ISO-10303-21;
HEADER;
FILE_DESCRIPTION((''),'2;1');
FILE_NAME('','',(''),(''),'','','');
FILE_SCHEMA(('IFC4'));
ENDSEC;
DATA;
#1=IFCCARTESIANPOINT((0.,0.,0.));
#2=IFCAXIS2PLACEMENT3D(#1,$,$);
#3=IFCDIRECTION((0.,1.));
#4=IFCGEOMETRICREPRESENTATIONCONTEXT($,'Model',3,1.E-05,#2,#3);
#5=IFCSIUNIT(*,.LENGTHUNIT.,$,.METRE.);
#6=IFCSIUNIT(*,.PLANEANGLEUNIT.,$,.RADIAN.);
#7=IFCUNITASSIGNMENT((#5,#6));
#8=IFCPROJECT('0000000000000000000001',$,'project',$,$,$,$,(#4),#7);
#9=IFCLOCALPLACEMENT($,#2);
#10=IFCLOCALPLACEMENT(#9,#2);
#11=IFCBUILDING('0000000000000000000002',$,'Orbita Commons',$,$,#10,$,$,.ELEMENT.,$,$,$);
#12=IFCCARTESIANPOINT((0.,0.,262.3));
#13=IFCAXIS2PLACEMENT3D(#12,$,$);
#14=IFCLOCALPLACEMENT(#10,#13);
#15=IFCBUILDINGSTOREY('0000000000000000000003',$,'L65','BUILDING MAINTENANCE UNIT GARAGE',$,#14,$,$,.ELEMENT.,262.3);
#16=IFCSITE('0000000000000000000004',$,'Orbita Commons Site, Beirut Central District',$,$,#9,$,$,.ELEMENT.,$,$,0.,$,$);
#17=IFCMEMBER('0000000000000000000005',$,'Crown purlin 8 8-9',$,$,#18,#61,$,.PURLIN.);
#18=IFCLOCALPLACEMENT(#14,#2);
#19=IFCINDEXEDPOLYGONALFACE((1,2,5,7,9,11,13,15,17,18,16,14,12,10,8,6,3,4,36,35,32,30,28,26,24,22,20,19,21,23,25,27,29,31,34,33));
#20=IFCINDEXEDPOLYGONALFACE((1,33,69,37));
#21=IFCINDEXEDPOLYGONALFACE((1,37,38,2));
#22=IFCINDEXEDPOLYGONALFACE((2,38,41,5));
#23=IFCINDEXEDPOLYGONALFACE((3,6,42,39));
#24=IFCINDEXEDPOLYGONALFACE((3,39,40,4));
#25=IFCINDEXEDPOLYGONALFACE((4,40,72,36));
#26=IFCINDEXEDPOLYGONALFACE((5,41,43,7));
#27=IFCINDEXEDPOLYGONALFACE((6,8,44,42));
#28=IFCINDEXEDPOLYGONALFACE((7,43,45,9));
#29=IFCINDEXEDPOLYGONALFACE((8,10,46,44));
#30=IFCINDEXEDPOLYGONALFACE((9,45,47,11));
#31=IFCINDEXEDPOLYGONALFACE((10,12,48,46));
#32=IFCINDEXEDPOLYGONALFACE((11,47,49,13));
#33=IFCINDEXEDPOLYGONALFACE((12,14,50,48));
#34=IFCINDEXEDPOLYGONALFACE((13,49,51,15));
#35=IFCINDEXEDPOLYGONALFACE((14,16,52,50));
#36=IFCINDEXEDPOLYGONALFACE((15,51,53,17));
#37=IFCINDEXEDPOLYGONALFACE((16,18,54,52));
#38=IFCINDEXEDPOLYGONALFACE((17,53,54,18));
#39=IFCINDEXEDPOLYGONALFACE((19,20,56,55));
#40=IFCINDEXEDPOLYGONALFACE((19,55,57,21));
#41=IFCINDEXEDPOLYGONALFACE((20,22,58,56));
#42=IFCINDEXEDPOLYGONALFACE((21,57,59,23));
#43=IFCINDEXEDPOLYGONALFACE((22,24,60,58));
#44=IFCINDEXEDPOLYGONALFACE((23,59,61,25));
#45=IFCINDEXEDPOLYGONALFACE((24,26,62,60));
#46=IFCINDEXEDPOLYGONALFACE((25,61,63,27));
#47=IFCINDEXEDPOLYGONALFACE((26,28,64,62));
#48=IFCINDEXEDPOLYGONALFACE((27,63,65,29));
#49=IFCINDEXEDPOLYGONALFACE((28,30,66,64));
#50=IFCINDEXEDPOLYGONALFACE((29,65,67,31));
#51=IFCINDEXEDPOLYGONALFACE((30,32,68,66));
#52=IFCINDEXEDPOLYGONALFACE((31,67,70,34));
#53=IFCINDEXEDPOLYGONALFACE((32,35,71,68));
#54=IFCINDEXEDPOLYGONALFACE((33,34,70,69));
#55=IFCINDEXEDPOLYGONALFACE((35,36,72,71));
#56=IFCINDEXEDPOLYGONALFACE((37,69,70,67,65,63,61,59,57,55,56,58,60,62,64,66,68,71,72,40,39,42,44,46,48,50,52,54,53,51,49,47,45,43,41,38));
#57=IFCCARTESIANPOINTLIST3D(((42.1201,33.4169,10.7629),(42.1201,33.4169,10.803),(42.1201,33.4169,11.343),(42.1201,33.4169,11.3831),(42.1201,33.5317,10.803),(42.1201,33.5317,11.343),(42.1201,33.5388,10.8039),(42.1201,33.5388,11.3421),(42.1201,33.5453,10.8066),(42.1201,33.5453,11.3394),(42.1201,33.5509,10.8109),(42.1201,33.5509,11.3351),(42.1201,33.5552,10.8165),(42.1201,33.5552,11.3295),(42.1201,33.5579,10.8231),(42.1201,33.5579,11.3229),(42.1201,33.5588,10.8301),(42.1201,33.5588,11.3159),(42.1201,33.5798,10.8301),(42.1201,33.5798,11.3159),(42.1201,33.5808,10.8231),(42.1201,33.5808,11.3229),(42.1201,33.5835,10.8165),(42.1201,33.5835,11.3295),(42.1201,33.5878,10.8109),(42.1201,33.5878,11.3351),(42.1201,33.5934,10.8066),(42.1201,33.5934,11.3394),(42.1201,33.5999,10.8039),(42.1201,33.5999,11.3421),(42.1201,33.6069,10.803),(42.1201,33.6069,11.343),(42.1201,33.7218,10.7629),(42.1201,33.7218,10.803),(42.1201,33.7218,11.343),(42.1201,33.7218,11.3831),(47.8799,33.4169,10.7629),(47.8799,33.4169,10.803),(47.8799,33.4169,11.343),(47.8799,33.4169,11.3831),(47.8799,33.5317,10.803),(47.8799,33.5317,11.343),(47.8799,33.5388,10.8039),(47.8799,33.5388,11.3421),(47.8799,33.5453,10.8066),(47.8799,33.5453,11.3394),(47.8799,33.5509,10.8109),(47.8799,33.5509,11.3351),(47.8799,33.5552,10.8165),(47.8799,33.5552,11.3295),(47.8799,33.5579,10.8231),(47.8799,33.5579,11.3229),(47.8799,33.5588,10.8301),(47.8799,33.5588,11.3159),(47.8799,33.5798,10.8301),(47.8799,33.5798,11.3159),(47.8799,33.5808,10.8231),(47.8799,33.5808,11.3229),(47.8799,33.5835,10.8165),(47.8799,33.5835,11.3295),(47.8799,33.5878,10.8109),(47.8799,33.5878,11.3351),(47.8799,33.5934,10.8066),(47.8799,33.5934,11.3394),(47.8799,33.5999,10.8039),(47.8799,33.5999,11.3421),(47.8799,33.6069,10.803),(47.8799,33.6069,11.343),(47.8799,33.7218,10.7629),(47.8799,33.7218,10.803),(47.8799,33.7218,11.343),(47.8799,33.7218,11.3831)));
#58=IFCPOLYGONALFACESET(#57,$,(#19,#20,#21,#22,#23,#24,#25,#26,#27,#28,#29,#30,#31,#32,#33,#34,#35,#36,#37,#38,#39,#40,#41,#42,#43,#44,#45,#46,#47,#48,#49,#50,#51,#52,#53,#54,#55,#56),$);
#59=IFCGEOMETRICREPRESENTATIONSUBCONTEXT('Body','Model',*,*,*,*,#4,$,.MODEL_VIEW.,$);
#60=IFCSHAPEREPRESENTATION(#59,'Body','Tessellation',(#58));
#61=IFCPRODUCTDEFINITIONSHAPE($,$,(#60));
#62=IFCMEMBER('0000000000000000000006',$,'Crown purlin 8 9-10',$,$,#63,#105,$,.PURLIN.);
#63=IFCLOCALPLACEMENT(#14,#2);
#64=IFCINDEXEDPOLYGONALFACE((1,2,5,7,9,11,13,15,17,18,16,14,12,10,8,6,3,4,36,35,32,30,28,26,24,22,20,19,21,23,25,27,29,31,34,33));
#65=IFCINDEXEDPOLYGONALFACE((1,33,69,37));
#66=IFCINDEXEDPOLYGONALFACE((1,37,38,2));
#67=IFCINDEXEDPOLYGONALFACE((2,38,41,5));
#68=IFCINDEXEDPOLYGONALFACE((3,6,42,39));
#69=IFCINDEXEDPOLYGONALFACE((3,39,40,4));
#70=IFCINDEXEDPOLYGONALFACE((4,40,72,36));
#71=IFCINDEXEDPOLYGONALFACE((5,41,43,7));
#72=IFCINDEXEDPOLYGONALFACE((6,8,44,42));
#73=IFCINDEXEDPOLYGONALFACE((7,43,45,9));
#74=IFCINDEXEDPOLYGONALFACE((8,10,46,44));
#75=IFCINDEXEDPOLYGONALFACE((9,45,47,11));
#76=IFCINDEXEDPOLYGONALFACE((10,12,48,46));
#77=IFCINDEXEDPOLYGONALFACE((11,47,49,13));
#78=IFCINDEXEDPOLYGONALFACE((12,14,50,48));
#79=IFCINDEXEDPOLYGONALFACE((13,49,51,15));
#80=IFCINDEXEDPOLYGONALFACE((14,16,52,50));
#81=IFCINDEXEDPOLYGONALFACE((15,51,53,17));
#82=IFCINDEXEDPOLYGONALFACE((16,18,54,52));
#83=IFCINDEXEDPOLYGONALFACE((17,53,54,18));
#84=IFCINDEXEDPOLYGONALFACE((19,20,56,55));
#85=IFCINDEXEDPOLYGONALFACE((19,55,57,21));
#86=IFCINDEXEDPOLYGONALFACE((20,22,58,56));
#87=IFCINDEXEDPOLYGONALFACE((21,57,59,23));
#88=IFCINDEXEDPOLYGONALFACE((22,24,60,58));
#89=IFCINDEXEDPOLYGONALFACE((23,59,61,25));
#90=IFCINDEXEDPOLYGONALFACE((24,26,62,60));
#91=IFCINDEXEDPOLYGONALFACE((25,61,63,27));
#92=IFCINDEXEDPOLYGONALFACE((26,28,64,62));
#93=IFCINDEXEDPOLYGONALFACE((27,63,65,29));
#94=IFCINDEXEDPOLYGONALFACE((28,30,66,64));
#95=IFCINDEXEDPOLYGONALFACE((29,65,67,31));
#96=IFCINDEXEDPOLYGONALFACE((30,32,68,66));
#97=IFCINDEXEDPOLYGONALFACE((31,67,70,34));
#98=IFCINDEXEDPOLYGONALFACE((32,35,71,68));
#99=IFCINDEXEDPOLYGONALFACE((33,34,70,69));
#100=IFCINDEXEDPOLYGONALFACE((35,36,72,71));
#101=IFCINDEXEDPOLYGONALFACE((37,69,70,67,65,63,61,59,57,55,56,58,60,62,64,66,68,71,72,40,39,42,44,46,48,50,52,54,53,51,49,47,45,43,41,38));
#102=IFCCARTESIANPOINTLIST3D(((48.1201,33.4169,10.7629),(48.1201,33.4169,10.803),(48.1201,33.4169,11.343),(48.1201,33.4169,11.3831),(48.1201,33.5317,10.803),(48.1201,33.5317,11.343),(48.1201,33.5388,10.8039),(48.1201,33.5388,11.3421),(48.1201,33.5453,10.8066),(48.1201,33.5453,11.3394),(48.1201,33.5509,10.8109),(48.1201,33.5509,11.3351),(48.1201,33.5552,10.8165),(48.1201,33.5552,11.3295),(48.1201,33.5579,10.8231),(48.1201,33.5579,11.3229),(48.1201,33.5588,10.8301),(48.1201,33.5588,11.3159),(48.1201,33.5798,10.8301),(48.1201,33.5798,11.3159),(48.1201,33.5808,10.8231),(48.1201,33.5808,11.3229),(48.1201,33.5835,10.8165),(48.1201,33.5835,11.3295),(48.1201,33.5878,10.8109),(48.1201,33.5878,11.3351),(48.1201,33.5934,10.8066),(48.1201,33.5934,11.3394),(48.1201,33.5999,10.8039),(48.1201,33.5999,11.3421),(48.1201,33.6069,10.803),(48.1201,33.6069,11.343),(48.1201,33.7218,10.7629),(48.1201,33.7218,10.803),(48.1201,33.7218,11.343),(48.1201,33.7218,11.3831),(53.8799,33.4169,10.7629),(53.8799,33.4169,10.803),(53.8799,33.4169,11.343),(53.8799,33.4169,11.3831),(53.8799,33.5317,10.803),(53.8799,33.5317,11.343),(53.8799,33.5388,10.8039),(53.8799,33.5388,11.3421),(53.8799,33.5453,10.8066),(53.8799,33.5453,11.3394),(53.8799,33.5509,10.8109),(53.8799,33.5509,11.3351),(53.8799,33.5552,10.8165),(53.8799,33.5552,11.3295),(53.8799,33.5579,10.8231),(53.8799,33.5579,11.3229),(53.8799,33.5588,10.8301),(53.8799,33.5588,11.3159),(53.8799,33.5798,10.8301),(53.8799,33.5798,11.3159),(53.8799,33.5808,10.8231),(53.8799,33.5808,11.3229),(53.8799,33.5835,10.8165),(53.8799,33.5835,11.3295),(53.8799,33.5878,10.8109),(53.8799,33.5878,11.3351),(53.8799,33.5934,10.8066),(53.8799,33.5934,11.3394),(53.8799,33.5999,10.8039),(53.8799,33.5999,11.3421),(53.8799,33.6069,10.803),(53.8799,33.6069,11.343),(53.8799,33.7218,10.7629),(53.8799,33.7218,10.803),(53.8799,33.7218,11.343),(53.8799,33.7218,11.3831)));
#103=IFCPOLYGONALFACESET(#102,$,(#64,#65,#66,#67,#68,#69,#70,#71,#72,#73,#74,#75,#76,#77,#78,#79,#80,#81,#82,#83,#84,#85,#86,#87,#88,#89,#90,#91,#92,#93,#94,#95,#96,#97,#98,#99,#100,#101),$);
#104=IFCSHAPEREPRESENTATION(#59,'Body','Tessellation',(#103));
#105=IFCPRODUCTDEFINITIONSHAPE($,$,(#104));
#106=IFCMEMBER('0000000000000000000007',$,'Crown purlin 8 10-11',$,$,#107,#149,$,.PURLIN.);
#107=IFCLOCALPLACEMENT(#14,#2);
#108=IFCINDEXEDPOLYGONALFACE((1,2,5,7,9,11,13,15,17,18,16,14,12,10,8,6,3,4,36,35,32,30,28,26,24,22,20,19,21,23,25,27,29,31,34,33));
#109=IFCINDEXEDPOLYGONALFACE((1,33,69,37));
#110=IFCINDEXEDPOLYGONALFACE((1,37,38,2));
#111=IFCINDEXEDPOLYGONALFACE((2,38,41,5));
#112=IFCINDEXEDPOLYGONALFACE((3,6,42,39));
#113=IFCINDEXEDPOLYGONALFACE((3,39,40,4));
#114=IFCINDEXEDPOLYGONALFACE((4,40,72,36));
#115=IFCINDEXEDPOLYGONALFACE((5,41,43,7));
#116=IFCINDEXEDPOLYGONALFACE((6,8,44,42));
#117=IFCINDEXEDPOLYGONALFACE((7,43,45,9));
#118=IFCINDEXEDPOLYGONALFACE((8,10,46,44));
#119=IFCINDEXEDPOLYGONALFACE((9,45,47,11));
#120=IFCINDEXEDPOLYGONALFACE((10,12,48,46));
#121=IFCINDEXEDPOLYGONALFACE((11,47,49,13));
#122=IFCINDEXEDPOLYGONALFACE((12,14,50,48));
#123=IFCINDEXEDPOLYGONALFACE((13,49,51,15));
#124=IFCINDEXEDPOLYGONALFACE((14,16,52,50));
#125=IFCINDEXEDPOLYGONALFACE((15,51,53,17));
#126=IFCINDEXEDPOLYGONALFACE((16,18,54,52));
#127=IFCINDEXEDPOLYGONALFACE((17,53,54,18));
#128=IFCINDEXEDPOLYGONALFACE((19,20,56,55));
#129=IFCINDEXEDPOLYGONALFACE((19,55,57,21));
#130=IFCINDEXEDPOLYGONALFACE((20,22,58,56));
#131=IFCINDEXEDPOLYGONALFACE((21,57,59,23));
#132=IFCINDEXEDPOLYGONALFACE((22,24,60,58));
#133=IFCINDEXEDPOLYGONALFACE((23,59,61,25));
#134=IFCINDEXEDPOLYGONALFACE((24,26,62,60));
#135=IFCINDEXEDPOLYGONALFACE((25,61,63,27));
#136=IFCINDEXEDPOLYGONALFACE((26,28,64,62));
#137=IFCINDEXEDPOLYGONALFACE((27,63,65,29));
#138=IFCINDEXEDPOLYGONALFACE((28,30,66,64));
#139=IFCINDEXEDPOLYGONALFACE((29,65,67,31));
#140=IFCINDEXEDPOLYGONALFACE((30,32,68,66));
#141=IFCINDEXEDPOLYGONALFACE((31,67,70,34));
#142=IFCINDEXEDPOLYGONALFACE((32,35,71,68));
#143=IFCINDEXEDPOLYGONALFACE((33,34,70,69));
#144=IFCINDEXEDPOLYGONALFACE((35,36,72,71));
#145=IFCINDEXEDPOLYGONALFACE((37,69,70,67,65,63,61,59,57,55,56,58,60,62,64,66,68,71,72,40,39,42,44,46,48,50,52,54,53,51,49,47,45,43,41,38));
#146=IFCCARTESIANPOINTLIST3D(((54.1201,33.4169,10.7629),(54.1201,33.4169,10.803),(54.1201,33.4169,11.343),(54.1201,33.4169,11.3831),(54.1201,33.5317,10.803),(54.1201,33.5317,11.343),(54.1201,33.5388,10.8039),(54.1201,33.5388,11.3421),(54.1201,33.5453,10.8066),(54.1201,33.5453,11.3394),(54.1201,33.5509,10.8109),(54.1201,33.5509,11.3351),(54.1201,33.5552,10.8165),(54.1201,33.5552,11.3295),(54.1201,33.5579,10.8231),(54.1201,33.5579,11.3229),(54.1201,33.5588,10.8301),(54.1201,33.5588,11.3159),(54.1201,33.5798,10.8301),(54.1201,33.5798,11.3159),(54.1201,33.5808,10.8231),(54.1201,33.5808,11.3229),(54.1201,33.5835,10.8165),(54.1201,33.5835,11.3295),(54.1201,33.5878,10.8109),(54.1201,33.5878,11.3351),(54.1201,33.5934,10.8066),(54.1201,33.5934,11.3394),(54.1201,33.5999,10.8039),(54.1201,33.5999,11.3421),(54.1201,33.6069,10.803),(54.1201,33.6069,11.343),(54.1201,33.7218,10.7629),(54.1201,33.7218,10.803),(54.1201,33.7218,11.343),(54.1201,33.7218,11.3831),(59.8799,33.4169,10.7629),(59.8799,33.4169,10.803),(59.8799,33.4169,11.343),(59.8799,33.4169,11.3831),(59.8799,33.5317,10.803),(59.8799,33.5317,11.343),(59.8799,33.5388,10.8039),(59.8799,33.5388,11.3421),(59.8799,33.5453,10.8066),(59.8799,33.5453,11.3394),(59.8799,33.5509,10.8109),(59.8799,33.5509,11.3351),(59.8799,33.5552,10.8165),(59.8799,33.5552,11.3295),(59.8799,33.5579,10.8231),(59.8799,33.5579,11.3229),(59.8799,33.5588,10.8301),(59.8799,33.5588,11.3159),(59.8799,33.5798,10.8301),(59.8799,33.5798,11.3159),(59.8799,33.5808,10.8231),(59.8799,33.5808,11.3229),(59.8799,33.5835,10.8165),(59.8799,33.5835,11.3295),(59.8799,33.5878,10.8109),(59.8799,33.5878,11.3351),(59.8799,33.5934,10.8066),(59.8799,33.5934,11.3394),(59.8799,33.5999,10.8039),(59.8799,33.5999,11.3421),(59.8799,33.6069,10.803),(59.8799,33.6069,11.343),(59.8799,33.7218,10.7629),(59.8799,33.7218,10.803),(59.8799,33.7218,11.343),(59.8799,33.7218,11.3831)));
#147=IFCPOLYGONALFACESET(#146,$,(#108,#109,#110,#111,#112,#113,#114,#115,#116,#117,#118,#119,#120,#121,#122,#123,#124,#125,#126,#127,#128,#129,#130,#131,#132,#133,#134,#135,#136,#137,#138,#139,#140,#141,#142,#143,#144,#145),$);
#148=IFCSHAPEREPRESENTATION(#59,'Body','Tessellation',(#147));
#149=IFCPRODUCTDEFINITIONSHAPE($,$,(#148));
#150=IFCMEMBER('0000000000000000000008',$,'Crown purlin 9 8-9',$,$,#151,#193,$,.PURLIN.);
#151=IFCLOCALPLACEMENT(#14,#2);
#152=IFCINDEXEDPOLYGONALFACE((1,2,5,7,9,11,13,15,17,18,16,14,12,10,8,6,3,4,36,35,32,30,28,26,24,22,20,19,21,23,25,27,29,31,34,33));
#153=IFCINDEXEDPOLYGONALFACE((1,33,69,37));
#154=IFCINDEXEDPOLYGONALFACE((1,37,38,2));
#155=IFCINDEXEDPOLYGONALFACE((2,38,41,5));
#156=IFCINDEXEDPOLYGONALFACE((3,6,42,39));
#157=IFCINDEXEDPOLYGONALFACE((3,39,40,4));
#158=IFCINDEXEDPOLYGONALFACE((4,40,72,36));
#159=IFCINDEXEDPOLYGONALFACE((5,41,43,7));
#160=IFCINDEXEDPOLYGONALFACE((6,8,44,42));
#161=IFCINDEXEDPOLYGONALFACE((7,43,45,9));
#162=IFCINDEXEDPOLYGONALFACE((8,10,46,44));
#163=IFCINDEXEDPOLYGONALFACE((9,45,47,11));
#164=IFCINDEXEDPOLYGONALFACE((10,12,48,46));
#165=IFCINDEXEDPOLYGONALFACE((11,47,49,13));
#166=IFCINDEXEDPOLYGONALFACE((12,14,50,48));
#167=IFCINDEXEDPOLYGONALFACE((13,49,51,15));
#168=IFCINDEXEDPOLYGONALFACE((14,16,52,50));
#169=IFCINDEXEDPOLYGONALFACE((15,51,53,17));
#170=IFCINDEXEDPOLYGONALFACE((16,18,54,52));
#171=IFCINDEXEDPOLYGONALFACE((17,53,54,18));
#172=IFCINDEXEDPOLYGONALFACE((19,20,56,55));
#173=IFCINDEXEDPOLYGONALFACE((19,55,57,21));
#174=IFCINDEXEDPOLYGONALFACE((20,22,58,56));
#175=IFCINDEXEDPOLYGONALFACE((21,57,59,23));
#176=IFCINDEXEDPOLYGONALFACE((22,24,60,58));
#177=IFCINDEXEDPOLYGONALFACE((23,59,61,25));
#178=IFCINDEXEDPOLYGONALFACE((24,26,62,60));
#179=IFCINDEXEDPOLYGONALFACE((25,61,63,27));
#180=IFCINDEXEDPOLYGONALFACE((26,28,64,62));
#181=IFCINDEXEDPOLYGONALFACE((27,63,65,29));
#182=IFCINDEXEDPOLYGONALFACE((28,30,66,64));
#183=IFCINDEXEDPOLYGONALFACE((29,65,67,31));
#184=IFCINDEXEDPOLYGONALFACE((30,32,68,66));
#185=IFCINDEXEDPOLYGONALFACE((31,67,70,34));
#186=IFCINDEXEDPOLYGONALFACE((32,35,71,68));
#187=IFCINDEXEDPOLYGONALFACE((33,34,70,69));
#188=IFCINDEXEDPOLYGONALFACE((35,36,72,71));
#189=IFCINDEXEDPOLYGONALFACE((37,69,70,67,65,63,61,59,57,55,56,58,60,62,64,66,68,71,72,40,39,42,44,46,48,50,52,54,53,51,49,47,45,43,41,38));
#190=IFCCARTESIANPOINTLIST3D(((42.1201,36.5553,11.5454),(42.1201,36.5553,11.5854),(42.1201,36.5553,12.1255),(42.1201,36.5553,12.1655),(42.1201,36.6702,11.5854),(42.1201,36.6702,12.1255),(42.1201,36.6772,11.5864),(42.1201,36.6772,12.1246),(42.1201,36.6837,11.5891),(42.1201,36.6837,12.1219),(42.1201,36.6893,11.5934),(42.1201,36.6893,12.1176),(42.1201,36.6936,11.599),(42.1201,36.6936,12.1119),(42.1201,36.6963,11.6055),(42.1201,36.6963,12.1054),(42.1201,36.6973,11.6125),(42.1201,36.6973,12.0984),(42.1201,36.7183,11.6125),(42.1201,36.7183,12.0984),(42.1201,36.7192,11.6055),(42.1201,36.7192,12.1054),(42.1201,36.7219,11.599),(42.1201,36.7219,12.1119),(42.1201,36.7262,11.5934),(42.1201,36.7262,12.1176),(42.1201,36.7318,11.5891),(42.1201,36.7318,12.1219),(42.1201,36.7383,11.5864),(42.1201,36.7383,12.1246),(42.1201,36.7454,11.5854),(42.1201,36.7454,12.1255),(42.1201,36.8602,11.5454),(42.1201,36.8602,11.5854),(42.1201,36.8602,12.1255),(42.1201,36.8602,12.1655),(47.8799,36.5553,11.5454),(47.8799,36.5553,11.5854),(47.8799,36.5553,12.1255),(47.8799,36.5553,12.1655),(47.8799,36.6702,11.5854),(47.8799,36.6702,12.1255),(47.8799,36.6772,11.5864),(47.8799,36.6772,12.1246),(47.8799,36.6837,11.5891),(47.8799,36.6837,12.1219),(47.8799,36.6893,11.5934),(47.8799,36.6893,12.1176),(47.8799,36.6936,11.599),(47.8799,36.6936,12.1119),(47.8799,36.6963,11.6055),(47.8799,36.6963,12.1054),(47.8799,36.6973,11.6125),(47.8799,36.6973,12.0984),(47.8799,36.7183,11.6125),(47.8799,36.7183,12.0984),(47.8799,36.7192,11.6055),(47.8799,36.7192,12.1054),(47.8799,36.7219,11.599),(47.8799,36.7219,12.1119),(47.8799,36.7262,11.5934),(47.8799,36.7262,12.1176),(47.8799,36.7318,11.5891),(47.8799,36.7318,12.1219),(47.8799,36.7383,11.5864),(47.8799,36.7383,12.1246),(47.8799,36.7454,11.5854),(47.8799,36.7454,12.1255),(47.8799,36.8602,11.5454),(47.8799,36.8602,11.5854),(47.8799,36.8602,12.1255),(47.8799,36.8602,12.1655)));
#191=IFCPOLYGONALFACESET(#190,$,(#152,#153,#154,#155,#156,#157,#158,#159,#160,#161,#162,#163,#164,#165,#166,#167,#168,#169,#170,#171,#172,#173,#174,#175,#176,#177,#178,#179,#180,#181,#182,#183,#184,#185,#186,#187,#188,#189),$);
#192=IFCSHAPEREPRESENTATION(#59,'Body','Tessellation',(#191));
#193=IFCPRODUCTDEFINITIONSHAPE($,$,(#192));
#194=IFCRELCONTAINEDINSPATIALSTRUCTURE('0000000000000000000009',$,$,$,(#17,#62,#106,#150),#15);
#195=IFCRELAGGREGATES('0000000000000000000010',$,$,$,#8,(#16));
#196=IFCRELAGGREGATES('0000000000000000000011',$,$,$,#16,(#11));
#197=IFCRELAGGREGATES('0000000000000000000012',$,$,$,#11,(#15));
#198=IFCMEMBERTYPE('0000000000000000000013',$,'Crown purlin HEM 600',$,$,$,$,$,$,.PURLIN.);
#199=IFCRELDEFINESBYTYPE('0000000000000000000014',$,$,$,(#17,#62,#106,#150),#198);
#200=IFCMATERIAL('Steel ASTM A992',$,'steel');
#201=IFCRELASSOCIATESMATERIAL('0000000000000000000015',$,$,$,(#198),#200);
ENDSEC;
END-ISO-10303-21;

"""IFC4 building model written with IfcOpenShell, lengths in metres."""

from ifc_helpers import new_model, si_unit, direction, frame, origin, origin_2d, place, context, subcontext, project, spatial, i_section, extrude, material, material_profile, profile_set, type_object, element, save


model = new_model("IFC4")

# Units and contexts
model_context = context("Model", 3, precision=1e-05, world=origin(), true_north=direction((0.0, 1.0)))
body_context = subcontext(model_context, "Body", "Model", "MODEL_VIEW")
ifc_project = project(units=[si_unit("LENGTHUNIT", "METRE"), si_unit("PLANEANGLEUNIT", "RADIAN")], contexts=[model_context])

# Site, building, storey
site_placement = place(None, origin())
site = spatial("IfcSite", under=ifc_project, at=site_placement, Name="Orbita Commons Site, Beirut Central District", CompositionType="ELEMENT", RefElevation=0.0)
building_placement = place(site_placement, origin())
building = spatial("IfcBuilding", under=site, at=building_placement, Name="Orbita Commons", CompositionType="ELEMENT")
storey_placement = place(building_placement, frame((0.0, 0.0, 262.3)))
storey = spatial("IfcBuildingStorey", under=building, at=storey_placement, Name="L65", Description="BUILDING MAINTENANCE UNIT GARAGE", CompositionType="ELEMENT", Elevation=262.3)

# Members
ifc_material_1 = material(Name="Steel ASTM A992", Category="steel")
ifc_material_profile_1 = material_profile(ifc_material_1, i_section(OverallWidth=0.3049, OverallDepth=0.6201, WebThickness=0.021, FlangeThickness=0.04, FilletRadius=0.0271, at=origin_2d()), Name="HEM 600")
ifc_profile_set_1 = profile_set([ifc_material_profile_1], Name="Steel ASTM A992")
member_type_1 = type_object("IfcMemberType", Name="Crown purlin HEM 600", PredefinedType="PURLIN", material=ifc_profile_set_1)
for number, where, z_axis, x_axis, name in (
    (1, (42.1201, 33.5693, 11.073), (1.0, 0.0, 0.0), (0.0, 1.0, 0.0), "Crown purlin 8 8-9"),
    (2, (48.1201, 33.5693, 11.073), (1.0, 0.0, 0.0), (0.0, 1.0, 0.0), "Crown purlin 8 9-10"),
    (3, (54.1201, 33.5693, 11.073), (1.0, 0.0, 0.0), (0.0, 1.0, 0.0), "Crown purlin 8 10-11"),
    (4, (42.1201, 36.7078, 11.8555), (1.0, 0.0, 0.0), (0.0, 1.0, 0.0), "Crown purlin 9 8-9"),
):
    element("IfcMember", number, at=place(storey_placement, frame(where, z_axis=z_axis, x_axis=x_axis)), inside=storey, type_object=member_type_1, Name=name, PredefinedType="PURLIN", context=body_context, shape_type="SweptSolid", body=[
        extrude(i_section(OverallWidth=0.3049, OverallDepth=0.6201, WebThickness=0.021, FlangeThickness=0.04, FilletRadius=0.0271, at=origin_2d()), origin(), (0.0, 0.0, 1.0), 5.7598),
    ])

save(model, "model.ifc")
